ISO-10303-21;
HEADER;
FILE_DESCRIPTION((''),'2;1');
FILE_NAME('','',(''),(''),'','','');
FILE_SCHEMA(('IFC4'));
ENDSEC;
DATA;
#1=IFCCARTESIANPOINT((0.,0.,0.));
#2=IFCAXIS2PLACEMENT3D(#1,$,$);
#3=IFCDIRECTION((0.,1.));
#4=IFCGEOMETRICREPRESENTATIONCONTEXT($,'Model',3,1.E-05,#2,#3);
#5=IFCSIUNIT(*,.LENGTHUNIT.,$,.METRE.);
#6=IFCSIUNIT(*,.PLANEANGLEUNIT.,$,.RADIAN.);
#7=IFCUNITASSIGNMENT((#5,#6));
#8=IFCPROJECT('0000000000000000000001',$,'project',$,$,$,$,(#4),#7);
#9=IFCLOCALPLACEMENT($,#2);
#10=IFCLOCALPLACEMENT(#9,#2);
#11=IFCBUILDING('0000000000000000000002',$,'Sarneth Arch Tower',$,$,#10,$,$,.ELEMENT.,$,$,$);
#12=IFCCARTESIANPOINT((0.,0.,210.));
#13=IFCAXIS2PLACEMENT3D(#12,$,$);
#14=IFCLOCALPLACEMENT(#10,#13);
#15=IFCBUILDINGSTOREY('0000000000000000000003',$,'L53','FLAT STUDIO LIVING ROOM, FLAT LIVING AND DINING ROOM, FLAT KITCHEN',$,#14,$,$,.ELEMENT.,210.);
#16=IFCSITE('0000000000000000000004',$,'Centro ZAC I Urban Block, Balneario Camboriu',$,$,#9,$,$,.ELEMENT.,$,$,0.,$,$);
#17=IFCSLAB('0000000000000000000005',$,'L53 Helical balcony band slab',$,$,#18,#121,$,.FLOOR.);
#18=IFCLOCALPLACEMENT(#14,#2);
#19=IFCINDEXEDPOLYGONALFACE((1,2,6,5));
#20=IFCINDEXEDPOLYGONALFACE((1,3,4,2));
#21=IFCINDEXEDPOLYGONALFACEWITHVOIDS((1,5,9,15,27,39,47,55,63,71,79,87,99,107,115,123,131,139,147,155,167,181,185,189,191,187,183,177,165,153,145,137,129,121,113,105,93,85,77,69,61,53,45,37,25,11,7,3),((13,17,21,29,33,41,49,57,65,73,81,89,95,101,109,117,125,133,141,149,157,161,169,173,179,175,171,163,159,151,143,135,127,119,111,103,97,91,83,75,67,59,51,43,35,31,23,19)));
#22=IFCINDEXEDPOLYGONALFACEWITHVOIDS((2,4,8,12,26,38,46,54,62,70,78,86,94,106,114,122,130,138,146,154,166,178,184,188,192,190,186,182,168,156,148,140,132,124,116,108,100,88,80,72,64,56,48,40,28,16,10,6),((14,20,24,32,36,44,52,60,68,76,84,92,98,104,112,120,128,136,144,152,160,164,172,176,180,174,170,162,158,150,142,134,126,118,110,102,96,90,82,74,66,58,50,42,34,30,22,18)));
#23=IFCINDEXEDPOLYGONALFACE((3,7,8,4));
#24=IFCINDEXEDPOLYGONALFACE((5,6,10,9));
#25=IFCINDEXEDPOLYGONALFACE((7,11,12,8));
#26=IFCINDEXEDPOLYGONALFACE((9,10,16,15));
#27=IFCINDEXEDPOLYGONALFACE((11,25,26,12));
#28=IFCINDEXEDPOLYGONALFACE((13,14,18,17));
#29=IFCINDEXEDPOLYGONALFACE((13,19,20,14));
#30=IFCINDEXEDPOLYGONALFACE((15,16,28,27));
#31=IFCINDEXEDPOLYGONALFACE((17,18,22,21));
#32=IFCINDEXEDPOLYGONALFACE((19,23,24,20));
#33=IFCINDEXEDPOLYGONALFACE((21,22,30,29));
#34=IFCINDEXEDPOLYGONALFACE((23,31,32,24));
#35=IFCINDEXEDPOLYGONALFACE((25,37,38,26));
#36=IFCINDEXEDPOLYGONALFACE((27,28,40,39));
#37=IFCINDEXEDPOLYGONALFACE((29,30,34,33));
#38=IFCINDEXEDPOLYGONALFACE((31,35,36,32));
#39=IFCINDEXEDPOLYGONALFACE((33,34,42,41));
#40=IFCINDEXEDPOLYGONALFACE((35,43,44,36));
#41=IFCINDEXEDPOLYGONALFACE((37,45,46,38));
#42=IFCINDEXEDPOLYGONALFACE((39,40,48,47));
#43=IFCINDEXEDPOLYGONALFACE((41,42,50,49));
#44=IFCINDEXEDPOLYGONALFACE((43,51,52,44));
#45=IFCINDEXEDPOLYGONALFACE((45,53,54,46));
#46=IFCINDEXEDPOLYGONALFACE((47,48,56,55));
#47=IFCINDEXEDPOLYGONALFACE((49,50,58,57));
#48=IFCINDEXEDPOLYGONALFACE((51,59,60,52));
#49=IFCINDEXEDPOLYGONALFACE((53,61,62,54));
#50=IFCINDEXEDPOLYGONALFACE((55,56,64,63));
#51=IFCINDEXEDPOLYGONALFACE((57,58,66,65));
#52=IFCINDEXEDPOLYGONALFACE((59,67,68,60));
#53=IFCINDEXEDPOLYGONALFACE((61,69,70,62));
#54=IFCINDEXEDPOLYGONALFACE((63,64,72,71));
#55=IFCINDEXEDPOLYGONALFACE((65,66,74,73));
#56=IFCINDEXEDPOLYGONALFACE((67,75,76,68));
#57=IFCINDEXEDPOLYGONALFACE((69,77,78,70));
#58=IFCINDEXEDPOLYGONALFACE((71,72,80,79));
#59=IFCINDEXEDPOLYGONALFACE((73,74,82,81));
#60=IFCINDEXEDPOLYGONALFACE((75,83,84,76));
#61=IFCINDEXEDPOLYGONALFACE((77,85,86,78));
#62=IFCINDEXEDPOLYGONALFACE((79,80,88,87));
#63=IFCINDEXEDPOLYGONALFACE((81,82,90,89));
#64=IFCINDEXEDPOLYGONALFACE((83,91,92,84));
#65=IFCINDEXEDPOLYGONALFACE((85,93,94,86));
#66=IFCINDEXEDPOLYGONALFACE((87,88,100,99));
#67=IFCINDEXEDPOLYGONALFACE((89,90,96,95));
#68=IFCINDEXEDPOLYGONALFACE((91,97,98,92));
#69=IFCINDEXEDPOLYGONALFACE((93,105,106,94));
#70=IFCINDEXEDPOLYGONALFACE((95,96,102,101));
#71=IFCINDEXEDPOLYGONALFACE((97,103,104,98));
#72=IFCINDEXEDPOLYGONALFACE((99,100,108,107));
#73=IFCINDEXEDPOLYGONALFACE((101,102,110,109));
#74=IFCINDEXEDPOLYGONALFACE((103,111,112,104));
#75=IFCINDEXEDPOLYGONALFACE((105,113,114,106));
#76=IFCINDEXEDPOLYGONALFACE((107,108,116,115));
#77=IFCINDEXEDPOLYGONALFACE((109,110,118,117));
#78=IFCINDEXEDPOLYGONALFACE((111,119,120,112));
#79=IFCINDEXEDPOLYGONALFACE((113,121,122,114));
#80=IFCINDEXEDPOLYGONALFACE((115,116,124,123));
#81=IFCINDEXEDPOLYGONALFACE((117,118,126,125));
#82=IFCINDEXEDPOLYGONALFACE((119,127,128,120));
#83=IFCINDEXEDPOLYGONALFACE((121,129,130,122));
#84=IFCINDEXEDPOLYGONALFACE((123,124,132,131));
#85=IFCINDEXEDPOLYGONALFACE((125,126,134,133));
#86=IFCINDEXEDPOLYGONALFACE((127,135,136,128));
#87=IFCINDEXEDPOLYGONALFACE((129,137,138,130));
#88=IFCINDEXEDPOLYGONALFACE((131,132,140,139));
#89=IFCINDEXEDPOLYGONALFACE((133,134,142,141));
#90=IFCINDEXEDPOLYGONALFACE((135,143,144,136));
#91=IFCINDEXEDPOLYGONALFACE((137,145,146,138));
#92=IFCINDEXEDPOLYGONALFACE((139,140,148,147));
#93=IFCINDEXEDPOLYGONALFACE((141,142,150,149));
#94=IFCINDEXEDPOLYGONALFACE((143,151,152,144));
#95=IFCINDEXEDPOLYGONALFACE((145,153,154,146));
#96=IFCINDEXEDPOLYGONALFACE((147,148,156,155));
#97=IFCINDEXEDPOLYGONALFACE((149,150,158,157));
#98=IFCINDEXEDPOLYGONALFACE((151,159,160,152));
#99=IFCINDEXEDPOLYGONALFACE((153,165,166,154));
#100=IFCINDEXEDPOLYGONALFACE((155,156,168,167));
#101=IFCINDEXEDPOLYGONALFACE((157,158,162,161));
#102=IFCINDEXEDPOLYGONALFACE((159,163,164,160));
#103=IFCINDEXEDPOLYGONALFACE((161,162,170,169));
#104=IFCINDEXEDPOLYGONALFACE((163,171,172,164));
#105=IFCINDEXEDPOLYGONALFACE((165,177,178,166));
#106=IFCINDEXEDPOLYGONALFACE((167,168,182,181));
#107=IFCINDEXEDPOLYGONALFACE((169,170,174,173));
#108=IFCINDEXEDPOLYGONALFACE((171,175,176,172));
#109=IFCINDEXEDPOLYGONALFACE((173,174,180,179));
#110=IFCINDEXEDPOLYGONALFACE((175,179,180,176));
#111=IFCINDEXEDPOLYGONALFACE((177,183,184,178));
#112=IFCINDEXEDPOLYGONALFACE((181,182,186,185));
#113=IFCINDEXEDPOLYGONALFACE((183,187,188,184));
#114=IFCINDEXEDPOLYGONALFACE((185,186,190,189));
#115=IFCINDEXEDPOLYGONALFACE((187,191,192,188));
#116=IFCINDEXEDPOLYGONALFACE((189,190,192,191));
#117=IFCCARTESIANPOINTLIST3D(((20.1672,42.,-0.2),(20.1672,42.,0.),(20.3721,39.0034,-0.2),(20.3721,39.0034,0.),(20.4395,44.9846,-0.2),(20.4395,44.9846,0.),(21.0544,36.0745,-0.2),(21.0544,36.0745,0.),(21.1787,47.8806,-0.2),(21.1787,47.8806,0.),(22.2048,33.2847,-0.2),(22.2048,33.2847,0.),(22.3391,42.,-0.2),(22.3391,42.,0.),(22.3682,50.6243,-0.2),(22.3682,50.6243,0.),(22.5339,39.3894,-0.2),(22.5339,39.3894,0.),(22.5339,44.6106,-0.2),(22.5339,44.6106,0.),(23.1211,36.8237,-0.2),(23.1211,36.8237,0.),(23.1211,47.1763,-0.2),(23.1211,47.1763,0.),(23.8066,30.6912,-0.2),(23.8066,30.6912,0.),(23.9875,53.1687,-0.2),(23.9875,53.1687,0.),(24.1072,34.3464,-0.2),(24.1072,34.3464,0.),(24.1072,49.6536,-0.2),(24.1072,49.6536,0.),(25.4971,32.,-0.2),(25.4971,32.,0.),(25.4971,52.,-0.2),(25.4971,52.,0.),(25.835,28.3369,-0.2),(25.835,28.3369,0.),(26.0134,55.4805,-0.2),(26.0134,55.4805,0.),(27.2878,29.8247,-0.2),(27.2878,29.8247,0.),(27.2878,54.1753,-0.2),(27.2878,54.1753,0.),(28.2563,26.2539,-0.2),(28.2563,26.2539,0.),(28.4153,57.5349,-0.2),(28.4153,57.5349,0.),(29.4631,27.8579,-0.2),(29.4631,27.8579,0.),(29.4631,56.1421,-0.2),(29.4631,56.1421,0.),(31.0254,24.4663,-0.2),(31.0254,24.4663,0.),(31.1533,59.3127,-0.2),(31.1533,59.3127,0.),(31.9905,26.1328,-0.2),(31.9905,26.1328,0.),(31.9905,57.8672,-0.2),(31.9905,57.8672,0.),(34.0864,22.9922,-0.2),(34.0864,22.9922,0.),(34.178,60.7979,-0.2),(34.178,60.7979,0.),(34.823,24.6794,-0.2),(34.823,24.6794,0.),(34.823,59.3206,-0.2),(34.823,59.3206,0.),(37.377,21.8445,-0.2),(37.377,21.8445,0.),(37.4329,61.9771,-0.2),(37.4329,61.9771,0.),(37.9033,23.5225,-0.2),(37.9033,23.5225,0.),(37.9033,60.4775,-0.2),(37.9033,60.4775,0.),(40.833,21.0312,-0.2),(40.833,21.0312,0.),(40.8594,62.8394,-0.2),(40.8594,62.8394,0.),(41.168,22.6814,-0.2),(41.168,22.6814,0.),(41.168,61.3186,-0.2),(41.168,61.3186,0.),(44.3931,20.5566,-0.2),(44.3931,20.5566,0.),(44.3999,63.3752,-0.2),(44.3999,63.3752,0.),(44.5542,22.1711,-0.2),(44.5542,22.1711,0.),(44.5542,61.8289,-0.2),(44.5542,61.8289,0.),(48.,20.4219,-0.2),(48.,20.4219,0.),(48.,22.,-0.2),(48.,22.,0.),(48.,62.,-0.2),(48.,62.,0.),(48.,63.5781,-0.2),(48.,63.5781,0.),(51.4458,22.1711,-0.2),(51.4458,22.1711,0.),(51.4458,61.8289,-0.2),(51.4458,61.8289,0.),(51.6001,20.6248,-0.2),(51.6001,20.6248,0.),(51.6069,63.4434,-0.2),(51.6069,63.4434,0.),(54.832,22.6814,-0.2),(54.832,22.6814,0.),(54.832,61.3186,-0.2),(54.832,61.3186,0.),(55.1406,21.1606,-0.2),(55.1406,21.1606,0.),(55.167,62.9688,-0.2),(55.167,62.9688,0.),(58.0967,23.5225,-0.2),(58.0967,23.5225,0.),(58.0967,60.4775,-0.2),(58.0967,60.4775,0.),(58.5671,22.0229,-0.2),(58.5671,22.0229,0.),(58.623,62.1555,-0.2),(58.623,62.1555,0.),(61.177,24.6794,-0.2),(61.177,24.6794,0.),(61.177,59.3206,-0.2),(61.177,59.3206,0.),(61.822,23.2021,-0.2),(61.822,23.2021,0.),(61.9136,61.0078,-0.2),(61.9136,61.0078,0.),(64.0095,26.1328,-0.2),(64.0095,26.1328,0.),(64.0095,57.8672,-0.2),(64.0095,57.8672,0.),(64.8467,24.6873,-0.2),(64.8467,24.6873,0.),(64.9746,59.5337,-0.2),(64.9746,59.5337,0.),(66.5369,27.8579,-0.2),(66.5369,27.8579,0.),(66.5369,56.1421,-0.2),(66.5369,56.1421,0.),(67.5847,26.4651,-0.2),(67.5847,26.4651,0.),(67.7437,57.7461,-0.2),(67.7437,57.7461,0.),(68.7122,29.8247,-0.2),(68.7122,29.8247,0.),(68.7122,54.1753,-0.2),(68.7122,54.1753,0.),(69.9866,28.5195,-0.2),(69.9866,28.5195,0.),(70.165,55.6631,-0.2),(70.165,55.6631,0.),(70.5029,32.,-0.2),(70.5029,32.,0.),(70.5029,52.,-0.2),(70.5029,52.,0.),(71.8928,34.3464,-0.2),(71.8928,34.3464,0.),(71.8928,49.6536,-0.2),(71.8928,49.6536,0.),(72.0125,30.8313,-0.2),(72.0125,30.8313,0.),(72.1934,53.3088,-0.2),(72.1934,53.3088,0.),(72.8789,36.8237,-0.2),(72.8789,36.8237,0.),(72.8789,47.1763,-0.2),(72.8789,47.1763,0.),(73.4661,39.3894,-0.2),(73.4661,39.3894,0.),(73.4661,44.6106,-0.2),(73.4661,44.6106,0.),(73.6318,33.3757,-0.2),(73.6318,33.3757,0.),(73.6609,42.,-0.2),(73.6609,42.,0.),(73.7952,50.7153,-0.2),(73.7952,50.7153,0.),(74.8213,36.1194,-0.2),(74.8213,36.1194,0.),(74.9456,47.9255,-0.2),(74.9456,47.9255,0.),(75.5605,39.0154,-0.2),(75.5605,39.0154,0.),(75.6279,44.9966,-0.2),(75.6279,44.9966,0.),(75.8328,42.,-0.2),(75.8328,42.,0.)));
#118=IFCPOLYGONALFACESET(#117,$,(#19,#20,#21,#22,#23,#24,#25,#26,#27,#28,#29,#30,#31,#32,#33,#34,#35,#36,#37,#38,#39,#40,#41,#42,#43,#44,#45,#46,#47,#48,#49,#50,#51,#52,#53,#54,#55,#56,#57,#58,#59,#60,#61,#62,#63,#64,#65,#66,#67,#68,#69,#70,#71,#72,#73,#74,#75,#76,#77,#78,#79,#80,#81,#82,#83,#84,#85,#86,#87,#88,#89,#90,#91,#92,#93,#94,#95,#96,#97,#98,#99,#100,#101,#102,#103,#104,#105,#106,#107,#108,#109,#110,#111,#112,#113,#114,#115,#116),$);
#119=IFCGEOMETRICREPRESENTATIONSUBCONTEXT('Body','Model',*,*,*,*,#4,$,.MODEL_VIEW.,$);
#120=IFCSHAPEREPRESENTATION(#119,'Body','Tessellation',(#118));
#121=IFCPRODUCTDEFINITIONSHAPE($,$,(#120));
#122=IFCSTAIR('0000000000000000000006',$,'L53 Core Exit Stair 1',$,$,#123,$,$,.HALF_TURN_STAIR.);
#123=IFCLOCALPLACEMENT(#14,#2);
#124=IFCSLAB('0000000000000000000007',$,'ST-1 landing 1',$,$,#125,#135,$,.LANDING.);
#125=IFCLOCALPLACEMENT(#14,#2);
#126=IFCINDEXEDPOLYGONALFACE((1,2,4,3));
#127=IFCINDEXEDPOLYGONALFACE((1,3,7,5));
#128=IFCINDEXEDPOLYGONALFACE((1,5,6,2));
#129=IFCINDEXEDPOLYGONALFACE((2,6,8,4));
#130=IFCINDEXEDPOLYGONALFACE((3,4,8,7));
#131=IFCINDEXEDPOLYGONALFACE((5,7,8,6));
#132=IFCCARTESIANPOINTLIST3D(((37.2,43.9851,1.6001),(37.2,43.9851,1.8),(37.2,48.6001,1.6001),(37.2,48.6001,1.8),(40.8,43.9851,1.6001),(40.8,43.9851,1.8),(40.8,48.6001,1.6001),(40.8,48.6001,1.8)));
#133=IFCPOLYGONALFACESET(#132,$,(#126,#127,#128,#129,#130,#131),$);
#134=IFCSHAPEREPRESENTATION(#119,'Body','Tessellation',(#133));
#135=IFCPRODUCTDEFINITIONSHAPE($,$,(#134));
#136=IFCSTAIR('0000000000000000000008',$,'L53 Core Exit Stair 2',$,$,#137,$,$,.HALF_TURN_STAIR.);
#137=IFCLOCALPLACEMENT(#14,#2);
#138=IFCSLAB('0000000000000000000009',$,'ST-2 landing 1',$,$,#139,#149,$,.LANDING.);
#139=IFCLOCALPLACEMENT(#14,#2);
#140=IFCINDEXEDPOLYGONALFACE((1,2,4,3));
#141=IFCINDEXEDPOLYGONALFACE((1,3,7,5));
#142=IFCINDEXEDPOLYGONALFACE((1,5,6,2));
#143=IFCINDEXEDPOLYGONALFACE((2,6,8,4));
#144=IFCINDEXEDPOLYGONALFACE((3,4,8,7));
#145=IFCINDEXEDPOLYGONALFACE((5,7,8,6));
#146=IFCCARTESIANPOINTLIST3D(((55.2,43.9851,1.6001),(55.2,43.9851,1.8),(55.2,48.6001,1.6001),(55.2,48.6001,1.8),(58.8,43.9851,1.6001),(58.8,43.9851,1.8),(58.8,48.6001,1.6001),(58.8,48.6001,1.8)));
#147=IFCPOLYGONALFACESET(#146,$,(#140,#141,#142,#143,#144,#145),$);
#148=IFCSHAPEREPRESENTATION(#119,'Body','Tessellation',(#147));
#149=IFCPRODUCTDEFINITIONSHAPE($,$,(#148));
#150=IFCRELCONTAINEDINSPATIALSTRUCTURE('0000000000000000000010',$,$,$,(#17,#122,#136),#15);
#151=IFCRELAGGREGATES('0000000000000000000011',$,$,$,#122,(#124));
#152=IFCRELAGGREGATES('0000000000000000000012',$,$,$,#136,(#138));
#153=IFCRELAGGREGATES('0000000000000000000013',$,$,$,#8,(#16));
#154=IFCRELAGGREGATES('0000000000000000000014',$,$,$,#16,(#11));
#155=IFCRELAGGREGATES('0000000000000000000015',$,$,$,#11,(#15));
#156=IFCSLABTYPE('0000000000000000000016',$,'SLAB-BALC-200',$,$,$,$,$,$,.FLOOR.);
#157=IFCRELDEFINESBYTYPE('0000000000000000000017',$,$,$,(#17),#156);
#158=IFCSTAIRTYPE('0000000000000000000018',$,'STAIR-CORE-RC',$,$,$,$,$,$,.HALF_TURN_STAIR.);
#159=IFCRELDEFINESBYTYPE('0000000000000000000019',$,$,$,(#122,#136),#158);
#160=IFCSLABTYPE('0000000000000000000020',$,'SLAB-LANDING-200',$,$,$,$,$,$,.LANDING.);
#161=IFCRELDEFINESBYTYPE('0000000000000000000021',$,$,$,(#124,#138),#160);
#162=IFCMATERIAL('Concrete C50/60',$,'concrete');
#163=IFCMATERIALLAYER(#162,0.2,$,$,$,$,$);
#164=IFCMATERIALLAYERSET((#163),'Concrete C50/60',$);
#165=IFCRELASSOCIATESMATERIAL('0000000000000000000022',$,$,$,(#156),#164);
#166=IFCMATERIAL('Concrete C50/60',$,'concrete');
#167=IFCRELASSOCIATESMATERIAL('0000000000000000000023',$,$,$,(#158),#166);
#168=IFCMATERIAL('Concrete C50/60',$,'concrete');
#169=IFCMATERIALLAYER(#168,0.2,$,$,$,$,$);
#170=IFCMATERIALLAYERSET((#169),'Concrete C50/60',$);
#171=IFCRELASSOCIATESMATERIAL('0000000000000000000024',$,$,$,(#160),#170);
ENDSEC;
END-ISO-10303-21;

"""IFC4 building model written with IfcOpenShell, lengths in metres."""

from ifc_helpers import new_model, si_unit, direction, frame, origin, place, context, subcontext, project, spatial, polyline, outline, extrude, material, layer, layer_set, type_object, element, aggregate, save


model = new_model("IFC4")

# Units and contexts
model_context = context("Model", 3, precision=1e-05, world=origin(), true_north=direction((0.0, 1.0)))
body_context = subcontext(model_context, "Body", "Model", "MODEL_VIEW")
ifc_project = project(units=[si_unit("LENGTHUNIT", "METRE"), si_unit("PLANEANGLEUNIT", "RADIAN")], contexts=[model_context])

# Site, building, storey
site_placement = place(None, origin())
site = spatial("IfcSite", under=ifc_project, at=site_placement, Name="Centro ZAC I Urban Block, Balneario Camboriu", CompositionType="ELEMENT", RefElevation=0.0)
building_placement = place(site_placement, origin())
building = spatial("IfcBuilding", under=site, at=building_placement, Name="Sarneth Arch Tower", CompositionType="ELEMENT")
storey_placement = place(building_placement, frame((0.0, 0.0, 210.0)))
storey = spatial("IfcBuildingStorey", under=building, at=storey_placement, Name="L53", Description="FLAT STUDIO LIVING ROOM, FLAT LIVING AND DINING ROOM, FLAT KITCHEN", CompositionType="ELEMENT", Elevation=210.0)

# Slab
ifc_material_1 = material(Name="Concrete C50/60", Category="concrete")
ifc_layer_1 = layer(ifc_material_1, 0.2)
ifc_layer_set_1 = layer_set([ifc_layer_1], Name="Concrete C50/60")
slab_type_1 = type_object("IfcSlabType", Name="SLAB-BALC-200", PredefinedType="FLOOR", material=ifc_layer_set_1)
slab_1_placement = place(storey_placement, frame((0.0, 0.0, -0.2)))
element("IfcSlab", 1, at=slab_1_placement, inside=storey, type_object=slab_type_1, Name="L53 Helical balcony band slab", PredefinedType="FLOOR", context=body_context, shape_type="SweptSolid", body=[
    extrude(outline(polyline([(75.8328, 42.0), (75.6279, 44.9966), (74.9456, 47.9255), (73.7952, 50.7153), (72.1934, 53.3088), (70.165, 55.6631), (67.7437, 57.7461), (64.9746, 59.5337), (61.9136, 61.0078), (58.623, 62.1555), (55.167, 62.9688), (51.6069, 63.4434), (48.0, 63.5781), (44.3999, 63.3752), (40.8594, 62.8394), (37.4329, 61.9771), (34.178, 60.7979), (31.1533, 59.3127), (28.4153, 57.5349), (26.0134, 55.4805), (23.9875, 53.1687), (22.3682, 50.6243), (21.1787, 47.8806), (20.4395, 44.9846), (20.1672, 42.0), (20.3721, 39.0034), (21.0544, 36.0745), (22.2048, 33.2847), (23.8066, 30.6912), (25.835, 28.3369), (28.2563, 26.2539), (31.0254, 24.4663), (34.0864, 22.9922), (37.377, 21.8445), (40.833, 21.0312), (44.3931, 20.5566), (48.0, 20.4219), (51.6001, 20.6248), (55.1406, 21.1606), (58.5671, 22.0229), (61.822, 23.2021), (64.8467, 24.6873), (67.5847, 26.4651), (69.9866, 28.5195), (72.0125, 30.8313), (73.6318, 33.3757), (74.8213, 36.1194), (75.5605, 39.0154), (75.8328, 42.0)]), holes=[polyline([(73.6609, 42.0), (73.4661, 44.6106), (72.8789, 47.1763), (71.8928, 49.6536), (70.5029, 52.0), (68.7122, 54.1753), (66.5369, 56.1421), (64.0095, 57.8672), (61.177, 59.3206), (58.0967, 60.4775), (54.832, 61.3186), (51.4458, 61.8289), (48.0, 62.0), (44.5542, 61.8289), (41.168, 61.3186), (37.9033, 60.4775), (34.823, 59.3206), (31.9905, 57.8672), (29.4631, 56.1421), (27.2878, 54.1753), (25.4971, 52.0), (24.1072, 49.6536), (23.1211, 47.1763), (22.5339, 44.6106), (22.3391, 42.0), (22.5339, 39.3894), (23.1211, 36.8237), (24.1072, 34.3464), (25.4971, 32.0), (27.2878, 29.8247), (29.4631, 27.8579), (31.9905, 26.1328), (34.823, 24.6794), (37.9033, 23.5225), (41.168, 22.6814), (44.5542, 22.1711), (48.0, 22.0), (51.4458, 22.1711), (54.832, 22.6814), (58.0967, 23.5225), (61.177, 24.6794), (64.0095, 26.1328), (66.5369, 27.8579), (68.7122, 29.8247), (70.5029, 32.0), (71.8928, 34.3464), (72.8789, 36.8237), (73.4661, 39.3894), (73.6609, 42.0)])]), origin(), (0.0, 0.0, 1.0), 0.2),
])

# Stairs, slabs
ifc_material_2 = material(Name="Concrete C50/60", Category="concrete")
stair_type = type_object("IfcStairType", Name="STAIR-CORE-RC", PredefinedType="HALF_TURN_STAIR", material=ifc_material_2)
stair_1_placement = place(storey_placement, origin())
stair_1 = element("IfcStair", 2, at=stair_1_placement, inside=storey, type_object=stair_type, Name="L53 Core Exit Stair 1", PredefinedType="HALF_TURN_STAIR")
ifc_material_3 = material(Name="Concrete C50/60", Category="concrete")
ifc_layer_2 = layer(ifc_material_3, 0.2)
ifc_layer_set_2 = layer_set([ifc_layer_2], Name="Concrete C50/60")
slab_type_2 = type_object("IfcSlabType", Name="SLAB-LANDING-200", PredefinedType="LANDING", material=ifc_layer_set_2)
slab_2_placement = place(storey_placement, frame((0.0, 0.0, 1.6001)))
slab_2 = element("IfcSlab", 3, at=slab_2_placement, type_object=slab_type_2, Name="ST-1 landing 1", PredefinedType="LANDING", context=body_context, shape_type="SweptSolid", body=[
    extrude(outline(polyline([(37.2, 43.9851), (40.8, 43.9851), (40.8, 48.6001), (37.2, 48.6001), (37.2, 43.9851)])), origin(), (0.0, 0.0, 1.0), 0.2),
])
aggregate(stair_1, [slab_2])
stair_2_placement = place(storey_placement, origin())
stair_2 = element("IfcStair", 4, at=stair_2_placement, inside=storey, type_object=stair_type, Name="L53 Core Exit Stair 2", PredefinedType="HALF_TURN_STAIR")
slab_3_placement = place(storey_placement, frame((0.0, 0.0, 1.6001)))
slab_3 = element("IfcSlab", 5, at=slab_3_placement, type_object=slab_type_2, Name="ST-2 landing 1", PredefinedType="LANDING", context=body_context, shape_type="SweptSolid", body=[
    extrude(outline(polyline([(55.2, 43.9851), (58.8, 43.9851), (58.8, 48.6001), (55.2, 48.6001), (55.2, 43.9851)])), origin(), (0.0, 0.0, 1.0), 0.2),
])
aggregate(stair_2, [slab_3])

save(model, "model.ifc")
